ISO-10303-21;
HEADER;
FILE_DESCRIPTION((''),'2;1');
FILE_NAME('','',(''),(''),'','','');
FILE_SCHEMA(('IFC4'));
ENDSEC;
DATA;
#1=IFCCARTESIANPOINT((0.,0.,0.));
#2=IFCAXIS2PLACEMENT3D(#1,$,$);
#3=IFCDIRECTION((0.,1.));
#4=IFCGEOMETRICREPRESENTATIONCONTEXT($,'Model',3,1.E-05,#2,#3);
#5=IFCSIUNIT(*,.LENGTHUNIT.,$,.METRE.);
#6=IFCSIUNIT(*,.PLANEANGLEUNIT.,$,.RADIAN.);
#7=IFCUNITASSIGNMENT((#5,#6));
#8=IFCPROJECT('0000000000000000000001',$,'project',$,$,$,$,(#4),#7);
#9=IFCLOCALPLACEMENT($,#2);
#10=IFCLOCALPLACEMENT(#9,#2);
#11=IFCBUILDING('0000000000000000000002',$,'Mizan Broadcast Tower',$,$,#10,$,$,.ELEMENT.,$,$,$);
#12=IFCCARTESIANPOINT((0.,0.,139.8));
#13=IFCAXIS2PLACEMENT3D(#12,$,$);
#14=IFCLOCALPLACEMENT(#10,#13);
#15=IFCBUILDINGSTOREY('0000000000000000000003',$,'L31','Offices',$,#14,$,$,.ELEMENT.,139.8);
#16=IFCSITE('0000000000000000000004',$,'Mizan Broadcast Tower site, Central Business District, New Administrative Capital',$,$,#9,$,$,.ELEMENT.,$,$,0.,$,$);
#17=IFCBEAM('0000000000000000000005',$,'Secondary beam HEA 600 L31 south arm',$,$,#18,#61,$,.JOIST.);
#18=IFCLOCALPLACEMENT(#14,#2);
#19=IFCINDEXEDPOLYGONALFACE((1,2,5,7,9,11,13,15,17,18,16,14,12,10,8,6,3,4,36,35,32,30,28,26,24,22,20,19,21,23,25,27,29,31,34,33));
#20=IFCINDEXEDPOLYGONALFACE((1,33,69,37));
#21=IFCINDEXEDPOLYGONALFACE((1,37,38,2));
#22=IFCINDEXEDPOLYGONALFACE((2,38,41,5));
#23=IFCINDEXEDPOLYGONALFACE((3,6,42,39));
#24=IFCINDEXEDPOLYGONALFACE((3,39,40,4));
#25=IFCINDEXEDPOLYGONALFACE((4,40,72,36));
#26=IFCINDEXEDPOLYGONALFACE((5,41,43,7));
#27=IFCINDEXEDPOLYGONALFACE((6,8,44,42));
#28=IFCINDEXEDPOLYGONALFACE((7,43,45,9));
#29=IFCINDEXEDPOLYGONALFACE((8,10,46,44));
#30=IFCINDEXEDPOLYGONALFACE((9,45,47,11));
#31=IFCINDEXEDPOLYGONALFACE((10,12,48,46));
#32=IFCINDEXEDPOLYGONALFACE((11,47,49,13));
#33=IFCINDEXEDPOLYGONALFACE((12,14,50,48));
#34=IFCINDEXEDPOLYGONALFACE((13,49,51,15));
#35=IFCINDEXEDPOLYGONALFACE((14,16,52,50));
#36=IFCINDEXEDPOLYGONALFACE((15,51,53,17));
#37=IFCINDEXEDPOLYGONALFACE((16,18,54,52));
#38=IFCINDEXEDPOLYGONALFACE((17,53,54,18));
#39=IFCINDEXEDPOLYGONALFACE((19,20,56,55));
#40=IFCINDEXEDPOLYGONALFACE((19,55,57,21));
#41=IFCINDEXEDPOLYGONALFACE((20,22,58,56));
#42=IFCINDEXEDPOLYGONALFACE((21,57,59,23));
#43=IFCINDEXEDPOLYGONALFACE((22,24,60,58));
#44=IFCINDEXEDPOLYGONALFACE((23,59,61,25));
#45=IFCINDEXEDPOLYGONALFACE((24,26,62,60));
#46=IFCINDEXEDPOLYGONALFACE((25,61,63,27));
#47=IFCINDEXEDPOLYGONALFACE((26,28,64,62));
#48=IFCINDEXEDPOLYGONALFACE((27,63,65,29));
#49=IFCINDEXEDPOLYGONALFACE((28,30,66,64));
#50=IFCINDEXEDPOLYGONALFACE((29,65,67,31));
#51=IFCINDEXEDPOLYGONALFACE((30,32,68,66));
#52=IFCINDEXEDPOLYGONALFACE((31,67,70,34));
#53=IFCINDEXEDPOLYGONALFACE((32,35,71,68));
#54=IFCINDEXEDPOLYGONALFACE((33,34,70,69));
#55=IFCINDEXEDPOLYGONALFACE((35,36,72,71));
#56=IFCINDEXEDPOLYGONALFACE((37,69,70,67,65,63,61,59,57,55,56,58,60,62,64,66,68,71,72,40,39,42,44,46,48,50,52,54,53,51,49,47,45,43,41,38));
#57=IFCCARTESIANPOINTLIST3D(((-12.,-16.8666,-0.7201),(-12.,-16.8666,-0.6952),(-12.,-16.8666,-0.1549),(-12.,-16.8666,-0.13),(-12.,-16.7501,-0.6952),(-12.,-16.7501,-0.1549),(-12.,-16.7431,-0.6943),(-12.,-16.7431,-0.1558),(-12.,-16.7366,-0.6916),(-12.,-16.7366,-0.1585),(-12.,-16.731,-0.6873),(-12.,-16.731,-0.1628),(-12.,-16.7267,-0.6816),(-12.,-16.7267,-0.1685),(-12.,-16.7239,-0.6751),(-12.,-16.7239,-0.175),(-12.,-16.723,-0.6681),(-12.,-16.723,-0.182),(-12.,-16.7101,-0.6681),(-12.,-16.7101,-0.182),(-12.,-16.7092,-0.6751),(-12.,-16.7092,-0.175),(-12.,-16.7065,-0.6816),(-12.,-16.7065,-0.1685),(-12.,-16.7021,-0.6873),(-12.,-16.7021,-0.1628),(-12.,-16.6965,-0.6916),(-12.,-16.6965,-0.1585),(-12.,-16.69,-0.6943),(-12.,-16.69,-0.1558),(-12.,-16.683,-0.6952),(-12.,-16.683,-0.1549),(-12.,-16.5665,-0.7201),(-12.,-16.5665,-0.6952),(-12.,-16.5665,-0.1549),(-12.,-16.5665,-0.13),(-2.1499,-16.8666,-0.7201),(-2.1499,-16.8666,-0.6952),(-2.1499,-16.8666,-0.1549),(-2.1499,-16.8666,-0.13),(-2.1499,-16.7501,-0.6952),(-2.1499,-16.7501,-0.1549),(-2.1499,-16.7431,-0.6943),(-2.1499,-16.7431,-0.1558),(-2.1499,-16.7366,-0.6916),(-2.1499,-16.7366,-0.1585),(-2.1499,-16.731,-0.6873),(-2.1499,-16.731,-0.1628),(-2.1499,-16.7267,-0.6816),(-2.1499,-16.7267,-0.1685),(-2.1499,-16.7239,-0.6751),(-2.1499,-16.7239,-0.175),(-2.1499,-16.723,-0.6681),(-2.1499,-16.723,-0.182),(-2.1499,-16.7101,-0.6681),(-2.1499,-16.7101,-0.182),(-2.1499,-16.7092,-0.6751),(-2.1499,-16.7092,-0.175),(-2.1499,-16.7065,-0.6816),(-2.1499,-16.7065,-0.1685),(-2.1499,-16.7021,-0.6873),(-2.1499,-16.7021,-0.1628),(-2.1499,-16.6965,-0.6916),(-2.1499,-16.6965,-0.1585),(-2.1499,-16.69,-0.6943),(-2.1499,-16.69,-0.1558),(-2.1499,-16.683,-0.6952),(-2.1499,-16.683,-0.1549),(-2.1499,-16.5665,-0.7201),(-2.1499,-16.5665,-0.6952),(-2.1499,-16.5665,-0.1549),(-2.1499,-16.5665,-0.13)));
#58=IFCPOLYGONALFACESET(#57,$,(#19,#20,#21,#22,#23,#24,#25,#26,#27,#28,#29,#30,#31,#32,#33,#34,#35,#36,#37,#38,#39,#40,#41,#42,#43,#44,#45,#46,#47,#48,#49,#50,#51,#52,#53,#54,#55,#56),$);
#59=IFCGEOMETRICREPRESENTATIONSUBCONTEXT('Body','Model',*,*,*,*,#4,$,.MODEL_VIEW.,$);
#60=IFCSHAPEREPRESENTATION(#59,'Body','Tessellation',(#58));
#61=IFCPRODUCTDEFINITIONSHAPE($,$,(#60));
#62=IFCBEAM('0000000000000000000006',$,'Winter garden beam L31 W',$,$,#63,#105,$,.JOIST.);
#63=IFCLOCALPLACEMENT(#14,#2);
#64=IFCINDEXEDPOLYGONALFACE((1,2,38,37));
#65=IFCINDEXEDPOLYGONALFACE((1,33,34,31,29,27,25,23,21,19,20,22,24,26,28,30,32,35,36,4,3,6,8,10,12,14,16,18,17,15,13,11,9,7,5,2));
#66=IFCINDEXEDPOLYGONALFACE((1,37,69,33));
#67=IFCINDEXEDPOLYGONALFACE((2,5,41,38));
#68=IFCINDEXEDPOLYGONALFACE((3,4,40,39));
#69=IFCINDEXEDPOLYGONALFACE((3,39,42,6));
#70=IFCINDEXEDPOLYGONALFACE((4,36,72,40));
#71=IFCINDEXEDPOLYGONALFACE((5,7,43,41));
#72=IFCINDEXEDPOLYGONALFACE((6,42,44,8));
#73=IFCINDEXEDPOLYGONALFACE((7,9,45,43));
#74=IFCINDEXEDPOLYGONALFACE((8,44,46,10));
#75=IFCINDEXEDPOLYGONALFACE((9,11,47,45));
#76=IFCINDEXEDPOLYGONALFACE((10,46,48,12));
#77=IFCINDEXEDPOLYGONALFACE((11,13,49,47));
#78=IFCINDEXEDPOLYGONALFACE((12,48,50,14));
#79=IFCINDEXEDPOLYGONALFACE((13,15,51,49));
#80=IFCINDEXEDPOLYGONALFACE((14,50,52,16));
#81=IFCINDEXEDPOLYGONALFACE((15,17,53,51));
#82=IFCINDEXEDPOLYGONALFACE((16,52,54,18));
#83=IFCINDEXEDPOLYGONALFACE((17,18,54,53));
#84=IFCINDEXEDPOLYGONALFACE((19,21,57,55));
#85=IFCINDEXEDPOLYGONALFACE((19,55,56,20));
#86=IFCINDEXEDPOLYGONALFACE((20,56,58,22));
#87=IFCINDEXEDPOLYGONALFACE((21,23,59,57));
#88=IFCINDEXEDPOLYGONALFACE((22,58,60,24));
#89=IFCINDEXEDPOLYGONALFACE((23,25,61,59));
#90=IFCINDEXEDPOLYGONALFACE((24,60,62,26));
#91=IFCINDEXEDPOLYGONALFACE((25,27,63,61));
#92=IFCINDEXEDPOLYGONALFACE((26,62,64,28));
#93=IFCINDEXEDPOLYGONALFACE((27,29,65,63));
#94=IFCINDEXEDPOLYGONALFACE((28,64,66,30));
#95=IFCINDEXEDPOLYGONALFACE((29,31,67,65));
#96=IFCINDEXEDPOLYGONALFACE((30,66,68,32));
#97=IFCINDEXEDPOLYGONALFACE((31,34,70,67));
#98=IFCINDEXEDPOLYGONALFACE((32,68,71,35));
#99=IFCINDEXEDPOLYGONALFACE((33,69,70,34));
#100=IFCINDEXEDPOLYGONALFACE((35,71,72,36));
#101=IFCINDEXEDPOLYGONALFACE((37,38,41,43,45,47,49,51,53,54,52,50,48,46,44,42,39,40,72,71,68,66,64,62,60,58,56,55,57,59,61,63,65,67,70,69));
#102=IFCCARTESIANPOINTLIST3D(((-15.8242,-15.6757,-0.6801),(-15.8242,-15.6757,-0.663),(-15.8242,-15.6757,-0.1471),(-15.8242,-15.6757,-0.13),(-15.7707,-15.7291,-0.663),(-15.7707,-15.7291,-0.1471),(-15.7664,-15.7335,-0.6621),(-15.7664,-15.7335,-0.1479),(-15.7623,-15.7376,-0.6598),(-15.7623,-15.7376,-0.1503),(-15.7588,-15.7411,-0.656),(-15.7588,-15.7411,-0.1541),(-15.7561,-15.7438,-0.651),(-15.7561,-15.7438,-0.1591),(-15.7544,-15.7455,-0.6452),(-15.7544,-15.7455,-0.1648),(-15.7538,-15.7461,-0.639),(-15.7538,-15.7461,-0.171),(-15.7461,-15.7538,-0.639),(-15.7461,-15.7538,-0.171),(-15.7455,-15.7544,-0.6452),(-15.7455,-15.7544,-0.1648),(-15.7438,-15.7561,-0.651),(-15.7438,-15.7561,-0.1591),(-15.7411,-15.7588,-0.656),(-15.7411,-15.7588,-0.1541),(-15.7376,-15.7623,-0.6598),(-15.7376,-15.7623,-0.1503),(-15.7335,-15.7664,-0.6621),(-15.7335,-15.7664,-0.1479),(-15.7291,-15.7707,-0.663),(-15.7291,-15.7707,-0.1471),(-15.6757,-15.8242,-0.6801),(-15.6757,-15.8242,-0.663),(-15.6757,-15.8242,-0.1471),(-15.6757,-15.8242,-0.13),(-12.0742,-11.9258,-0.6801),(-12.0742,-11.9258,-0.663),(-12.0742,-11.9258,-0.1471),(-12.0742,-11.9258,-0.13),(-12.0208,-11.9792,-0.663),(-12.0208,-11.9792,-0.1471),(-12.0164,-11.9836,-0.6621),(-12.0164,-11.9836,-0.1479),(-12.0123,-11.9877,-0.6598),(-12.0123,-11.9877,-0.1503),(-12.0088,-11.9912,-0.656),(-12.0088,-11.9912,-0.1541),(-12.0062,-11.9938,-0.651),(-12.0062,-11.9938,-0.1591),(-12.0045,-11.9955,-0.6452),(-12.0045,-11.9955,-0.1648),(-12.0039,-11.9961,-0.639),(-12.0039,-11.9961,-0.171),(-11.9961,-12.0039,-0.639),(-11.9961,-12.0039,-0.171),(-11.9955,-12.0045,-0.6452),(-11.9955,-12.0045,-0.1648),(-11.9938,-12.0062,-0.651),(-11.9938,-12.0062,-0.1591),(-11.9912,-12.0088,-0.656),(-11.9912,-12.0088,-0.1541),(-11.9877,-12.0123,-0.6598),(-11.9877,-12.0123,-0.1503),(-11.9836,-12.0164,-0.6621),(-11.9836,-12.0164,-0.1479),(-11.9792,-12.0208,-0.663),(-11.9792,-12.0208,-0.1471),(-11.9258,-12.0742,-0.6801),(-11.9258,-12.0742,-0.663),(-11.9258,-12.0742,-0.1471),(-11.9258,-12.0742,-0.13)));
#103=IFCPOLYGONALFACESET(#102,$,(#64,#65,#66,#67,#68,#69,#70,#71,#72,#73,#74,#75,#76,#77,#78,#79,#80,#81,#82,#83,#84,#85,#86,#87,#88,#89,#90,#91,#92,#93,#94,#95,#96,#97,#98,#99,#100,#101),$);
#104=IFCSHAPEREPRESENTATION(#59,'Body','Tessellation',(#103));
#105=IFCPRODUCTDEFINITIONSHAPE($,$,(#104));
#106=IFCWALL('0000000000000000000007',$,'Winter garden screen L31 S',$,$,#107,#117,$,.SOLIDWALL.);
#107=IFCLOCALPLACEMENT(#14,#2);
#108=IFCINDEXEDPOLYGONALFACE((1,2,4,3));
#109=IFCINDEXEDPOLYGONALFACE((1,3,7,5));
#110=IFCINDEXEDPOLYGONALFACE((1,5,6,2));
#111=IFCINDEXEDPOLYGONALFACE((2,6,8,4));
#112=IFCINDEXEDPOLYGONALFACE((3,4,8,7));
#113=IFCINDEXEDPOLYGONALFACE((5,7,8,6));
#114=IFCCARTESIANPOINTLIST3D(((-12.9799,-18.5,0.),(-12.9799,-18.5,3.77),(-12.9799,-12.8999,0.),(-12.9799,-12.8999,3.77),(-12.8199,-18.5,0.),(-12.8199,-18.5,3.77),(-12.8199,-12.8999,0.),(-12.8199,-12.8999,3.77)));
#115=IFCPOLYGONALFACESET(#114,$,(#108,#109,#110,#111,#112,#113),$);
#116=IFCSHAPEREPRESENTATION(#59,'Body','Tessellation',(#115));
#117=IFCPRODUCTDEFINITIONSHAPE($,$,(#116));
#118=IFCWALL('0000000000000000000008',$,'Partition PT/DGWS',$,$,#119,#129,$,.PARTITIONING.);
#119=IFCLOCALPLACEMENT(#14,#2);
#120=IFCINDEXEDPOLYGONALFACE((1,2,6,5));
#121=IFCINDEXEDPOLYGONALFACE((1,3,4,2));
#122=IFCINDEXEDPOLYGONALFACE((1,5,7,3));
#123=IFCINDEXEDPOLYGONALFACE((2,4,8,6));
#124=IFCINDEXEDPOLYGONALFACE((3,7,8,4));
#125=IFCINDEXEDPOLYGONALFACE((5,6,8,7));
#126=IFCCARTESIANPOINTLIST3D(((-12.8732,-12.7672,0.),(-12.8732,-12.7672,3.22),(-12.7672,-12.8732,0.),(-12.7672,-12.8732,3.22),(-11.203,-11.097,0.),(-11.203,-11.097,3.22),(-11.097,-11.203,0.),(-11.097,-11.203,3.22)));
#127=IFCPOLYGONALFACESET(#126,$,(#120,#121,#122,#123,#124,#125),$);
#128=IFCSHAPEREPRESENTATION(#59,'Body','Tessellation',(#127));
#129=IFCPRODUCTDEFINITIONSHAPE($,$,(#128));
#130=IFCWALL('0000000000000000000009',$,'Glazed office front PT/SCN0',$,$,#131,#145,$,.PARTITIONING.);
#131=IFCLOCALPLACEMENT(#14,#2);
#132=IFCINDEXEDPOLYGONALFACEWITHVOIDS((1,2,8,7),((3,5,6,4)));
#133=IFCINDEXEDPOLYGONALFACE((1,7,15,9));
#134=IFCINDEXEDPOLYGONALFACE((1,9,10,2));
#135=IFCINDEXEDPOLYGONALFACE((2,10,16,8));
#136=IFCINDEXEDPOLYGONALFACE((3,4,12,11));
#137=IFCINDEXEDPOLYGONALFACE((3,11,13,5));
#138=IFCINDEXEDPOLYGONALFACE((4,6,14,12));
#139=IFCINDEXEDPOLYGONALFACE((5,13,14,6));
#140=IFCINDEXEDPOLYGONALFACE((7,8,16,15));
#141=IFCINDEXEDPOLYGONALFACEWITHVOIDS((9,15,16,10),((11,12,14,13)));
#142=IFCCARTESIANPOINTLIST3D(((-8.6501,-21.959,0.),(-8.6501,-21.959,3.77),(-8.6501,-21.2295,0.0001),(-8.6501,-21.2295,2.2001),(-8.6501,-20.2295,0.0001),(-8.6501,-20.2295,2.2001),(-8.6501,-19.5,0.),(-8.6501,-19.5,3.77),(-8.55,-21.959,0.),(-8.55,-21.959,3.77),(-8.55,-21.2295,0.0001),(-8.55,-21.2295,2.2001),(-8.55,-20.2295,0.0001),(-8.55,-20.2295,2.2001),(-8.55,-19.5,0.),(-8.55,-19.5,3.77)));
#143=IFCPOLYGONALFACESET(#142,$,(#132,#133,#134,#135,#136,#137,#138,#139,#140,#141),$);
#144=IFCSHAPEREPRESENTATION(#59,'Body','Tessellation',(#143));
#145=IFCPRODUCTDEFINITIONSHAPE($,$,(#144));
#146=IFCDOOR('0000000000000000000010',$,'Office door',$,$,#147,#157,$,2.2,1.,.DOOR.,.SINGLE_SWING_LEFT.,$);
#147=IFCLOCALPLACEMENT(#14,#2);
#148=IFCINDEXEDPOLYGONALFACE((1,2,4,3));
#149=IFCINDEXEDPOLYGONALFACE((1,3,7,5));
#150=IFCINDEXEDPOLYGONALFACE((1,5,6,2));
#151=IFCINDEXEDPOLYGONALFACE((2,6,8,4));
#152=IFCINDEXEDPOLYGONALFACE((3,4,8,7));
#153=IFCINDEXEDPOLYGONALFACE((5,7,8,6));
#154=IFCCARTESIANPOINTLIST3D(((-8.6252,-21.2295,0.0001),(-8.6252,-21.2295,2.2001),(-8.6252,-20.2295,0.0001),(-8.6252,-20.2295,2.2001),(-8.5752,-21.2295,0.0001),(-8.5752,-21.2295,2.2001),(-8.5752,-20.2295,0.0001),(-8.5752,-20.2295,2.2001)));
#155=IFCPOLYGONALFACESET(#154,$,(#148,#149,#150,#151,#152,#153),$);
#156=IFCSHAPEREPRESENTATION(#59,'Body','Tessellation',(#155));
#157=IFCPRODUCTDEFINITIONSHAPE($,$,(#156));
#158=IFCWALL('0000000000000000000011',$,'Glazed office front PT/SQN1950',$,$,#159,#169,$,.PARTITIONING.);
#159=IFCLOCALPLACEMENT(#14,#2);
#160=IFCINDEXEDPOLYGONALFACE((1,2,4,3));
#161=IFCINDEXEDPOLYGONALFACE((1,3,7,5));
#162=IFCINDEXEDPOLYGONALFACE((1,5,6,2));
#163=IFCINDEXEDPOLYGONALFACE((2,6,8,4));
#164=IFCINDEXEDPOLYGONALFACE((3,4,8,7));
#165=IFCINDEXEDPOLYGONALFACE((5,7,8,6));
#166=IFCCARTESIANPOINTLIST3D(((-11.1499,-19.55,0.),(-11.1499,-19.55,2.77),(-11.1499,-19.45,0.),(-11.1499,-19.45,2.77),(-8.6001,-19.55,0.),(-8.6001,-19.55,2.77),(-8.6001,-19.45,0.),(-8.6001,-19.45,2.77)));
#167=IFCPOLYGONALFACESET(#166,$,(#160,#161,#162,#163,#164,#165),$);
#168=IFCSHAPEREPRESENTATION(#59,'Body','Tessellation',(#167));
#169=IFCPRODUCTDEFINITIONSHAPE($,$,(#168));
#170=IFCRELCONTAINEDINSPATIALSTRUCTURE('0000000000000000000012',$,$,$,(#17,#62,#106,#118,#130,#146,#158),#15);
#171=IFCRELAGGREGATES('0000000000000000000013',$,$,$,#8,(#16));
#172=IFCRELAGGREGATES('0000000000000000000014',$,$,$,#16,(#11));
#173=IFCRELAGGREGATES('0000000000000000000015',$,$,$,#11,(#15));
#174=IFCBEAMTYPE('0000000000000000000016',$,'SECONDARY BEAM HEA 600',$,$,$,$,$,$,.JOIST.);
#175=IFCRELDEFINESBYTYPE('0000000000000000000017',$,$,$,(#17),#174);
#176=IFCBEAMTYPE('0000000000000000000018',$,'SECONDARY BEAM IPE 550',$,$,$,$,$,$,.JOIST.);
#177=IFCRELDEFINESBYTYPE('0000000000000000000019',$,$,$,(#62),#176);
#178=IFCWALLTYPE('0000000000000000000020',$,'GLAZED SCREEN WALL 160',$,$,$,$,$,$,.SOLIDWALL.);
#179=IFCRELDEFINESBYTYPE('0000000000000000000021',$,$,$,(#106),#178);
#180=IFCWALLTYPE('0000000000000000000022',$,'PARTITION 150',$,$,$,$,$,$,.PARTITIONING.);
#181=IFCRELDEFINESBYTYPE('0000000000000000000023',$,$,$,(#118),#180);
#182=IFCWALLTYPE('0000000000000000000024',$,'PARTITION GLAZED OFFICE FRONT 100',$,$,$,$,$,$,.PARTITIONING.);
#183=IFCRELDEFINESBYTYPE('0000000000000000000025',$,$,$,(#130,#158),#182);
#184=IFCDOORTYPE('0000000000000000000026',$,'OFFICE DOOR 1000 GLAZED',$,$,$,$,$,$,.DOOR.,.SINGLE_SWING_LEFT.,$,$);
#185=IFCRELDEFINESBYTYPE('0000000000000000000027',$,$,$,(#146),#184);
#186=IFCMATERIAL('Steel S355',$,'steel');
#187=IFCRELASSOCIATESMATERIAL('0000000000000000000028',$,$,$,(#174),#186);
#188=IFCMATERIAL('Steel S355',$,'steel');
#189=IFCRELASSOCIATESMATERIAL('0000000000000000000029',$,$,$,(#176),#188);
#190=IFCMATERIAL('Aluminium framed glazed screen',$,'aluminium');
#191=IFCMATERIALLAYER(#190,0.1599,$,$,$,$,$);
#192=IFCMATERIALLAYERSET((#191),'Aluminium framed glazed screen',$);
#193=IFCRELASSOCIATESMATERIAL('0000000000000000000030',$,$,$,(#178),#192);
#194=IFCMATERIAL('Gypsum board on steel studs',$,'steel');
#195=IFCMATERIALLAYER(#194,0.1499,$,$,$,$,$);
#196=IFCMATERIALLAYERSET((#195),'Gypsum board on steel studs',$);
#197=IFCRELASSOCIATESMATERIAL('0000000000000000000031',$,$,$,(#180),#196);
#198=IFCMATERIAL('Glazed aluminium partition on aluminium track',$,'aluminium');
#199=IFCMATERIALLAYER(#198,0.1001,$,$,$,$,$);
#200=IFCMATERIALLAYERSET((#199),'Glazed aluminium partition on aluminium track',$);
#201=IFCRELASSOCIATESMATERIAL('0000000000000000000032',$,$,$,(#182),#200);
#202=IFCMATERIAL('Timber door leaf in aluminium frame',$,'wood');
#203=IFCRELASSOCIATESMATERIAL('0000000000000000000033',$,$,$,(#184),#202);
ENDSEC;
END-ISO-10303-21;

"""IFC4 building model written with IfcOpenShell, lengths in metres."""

from ifc_helpers import new_model, si_unit, direction, frame, frame_2d, origin, origin_2d, place, context, subcontext, project, spatial, rectangle, i_section, extrude, material, layer, layer_set, material_profile, profile_set, type_object, element, fill, save


model = new_model("IFC4")

# Units and contexts
model_context = context("Model", 3, precision=1e-05, world=origin(), true_north=direction((0.0, 1.0)))
body_context = subcontext(model_context, "Body", "Model", "MODEL_VIEW")
ifc_project = project(units=[si_unit("LENGTHUNIT", "METRE"), si_unit("PLANEANGLEUNIT", "RADIAN")], contexts=[model_context])

# Site, building, storey
site_placement = place(None, origin())
site = spatial("IfcSite", under=ifc_project, at=site_placement, Name="Mizan Broadcast Tower site, Central Business District, New Administrative Capital", CompositionType="ELEMENT", RefElevation=0.0)
building_placement = place(site_placement, origin())
building = spatial("IfcBuilding", under=site, at=building_placement, Name="Mizan Broadcast Tower", CompositionType="ELEMENT")
storey_placement = place(building_placement, frame((0.0, 0.0, 139.8)))
storey = spatial("IfcBuildingStorey", under=building, at=storey_placement, Name="L31", Description="Offices", CompositionType="ELEMENT", Elevation=139.8)

# Beams
ifc_material_1 = material(Name="Steel S355", Category="steel")
ifc_material_profile_1 = material_profile(ifc_material_1, i_section(OverallWidth=0.3, OverallDepth=0.5901, WebThickness=0.0129, FlangeThickness=0.0249, FilletRadius=0.0271, at=origin_2d()), Name="HEA 600")
ifc_profile_set_1 = profile_set([ifc_material_profile_1], Name="Steel S355")
beam_type_1 = type_object("IfcBeamType", Name="SECONDARY BEAM HEA 600", PredefinedType="JOIST", material=ifc_profile_set_1)
for number, where, z_axis, x_axis, name in (
    (1, (-12.0, -16.7166, -0.425), (1.0, 0.0, 0.0), (0.0, 1.0, 0.0), "Secondary beam HEA 600 L31 south arm"),
):
    element("IfcBeam", number, at=place(storey_placement, frame(where, z_axis=z_axis, x_axis=x_axis)), inside=storey, type_object=beam_type_1, Name=name, PredefinedType="JOIST", context=body_context, shape_type="SweptSolid", body=[
        extrude(i_section(OverallWidth=0.3, OverallDepth=0.5901, WebThickness=0.0129, FlangeThickness=0.0249, FilletRadius=0.0271, at=origin_2d()), origin(), (0.0, 0.0, 1.0), 9.8501),
    ])
ifc_material_2 = material(Name="Steel S355", Category="steel")
ifc_material_profile_2 = material_profile(ifc_material_2, i_section(OverallWidth=0.21, OverallDepth=0.55, WebThickness=0.011, FlangeThickness=0.0171, FilletRadius=0.0239, at=origin_2d()), Name="IPE 550")
ifc_profile_set_2 = profile_set([ifc_material_profile_2], Name="Steel S355")
beam_type_2 = type_object("IfcBeamType", Name="SECONDARY BEAM IPE 550", PredefinedType="JOIST", material=ifc_profile_set_2)
beam_1_placement = place(storey_placement, frame((-12.0, -12.0, -0.405), z_axis=(-0.707107, -0.707107, 0.0), x_axis=(0.707107, -0.707107, 0.0)))
element("IfcBeam", 2, at=beam_1_placement, inside=storey, type_object=beam_type_2, Name="Winter garden beam L31 W", PredefinedType="JOIST", context=body_context, shape_type="SweptSolid", body=[
    extrude(i_section(OverallWidth=0.21, OverallDepth=0.55, WebThickness=0.011, FlangeThickness=0.0171, FilletRadius=0.0239, at=origin_2d()), origin(), (0.0, 0.0, 1.0), 5.3032),
])

# Walls
ifc_material_3 = material(Name="Aluminium framed glazed screen", Category="aluminium")
ifc_layer_1 = layer(ifc_material_3, 0.1599)
ifc_layer_set_1 = layer_set([ifc_layer_1], Name="Aluminium framed glazed screen")
wall_type_1 = type_object("IfcWallType", Name="GLAZED SCREEN WALL 160", PredefinedType="SOLIDWALL", material=ifc_layer_set_1)
wall_1_placement = place(storey_placement, frame((-12.8999, -12.8999, 0.0), z_axis=(0.0, 0.0, 1.0), x_axis=(0.0, -1.0, 0.0)))
element("IfcWall", 3, at=wall_1_placement, inside=storey, type_object=wall_type_1, Name="Winter garden screen L31 S", PredefinedType="SOLIDWALL", context=body_context, shape_type="SweptSolid", body=[
    extrude(rectangle(XDim=5.6001, YDim=0.1599, at=frame_2d((2.8, 0.0))), origin(), (0.0, 0.0, 1.0), 3.77),
])
ifc_material_4 = material(Name="Gypsum board on steel studs", Category="steel")
ifc_layer_2 = layer(ifc_material_4, 0.1499)
ifc_layer_set_2 = layer_set([ifc_layer_2], Name="Gypsum board on steel studs")
wall_type_2 = type_object("IfcWallType", Name="PARTITION 150", PredefinedType="PARTITIONING", material=ifc_layer_set_2)
wall_2_placement = place(storey_placement, frame((-11.1499, -11.1499, 0.0), z_axis=(0.0, 0.0, 1.0), x_axis=(-0.707107, -0.707107, 0.0)))
element("IfcWall", 4, at=wall_2_placement, inside=storey, type_object=wall_type_2, Name="Partition PT/DGWS", PredefinedType="PARTITIONING", context=body_context, shape_type="SweptSolid", body=[
    extrude(rectangle(XDim=2.3621, YDim=0.1499, at=frame_2d((1.1812, 0.0))), origin(), (0.0, 0.0, 1.0), 3.22),
])

# Wall, opening, door
ifc_material_5 = material(Name="Glazed aluminium partition on aluminium track", Category="aluminium")
ifc_layer_3 = layer(ifc_material_5, 0.1001)
ifc_layer_set_3 = layer_set([ifc_layer_3], Name="Glazed aluminium partition on aluminium track")
wall_type_3 = type_object("IfcWallType", Name="PARTITION GLAZED OFFICE FRONT 100", PredefinedType="PARTITIONING", material=ifc_layer_set_3)
wall_3_placement = place(storey_placement, frame((-8.6001, -19.5, 0.0), z_axis=(0.0, 0.0, 1.0), x_axis=(0.0, -1.0, 0.0)))
wall_3 = element("IfcWall", 5, at=wall_3_placement, inside=storey, type_object=wall_type_3, Name="Glazed office front PT/SCN0", PredefinedType="PARTITIONING", context=body_context, shape_type="SweptSolid", body=[
    extrude(rectangle(XDim=2.459, YDim=0.1001, at=frame_2d((1.2295, 0.0))), origin(), (0.0, 0.0, 1.0), 3.77),
])
opening_placement = place(wall_3_placement, frame((0.7295, 0.0, 0.0)))
opening = element("IfcOpeningElement", 6, at=opening_placement, cuts=wall_3, PredefinedType="OPENING", context=body_context, shape_type="SweptSolid", body=[
    extrude(rectangle(XDim=1.0, YDim=2.2, at=frame_2d((0.5, 1.1001))), frame((0.0, 0.0601, 0.0), z_axis=(0.0, -1.0, 0.0), x_axis=(1.0, 0.0, 0.0)), (0.0, 0.0, 1.0), 0.1201),
])
ifc_material_6 = material(Name="Timber door leaf in aluminium frame", Category="wood")
door_type = type_object("IfcDoorType", Name="OFFICE DOOR 1000 GLAZED", OperationType="SINGLE_SWING_LEFT", PredefinedType="DOOR", material=ifc_material_6)
door_placement = place(opening_placement, origin())
door = element("IfcDoor", 7, at=door_placement, inside=storey, type_object=door_type, Name="Office door", OperationType="SINGLE_SWING_LEFT", OverallHeight=2.2, OverallWidth=1.0, PredefinedType="DOOR", context=body_context, shape_type="SweptSolid", body=[
    extrude(rectangle(XDim=1.0, YDim=2.2, at=frame_2d((0.5, 1.1001))), frame((0.0, 0.0249, 0.0), z_axis=(0.0, -1.0, 0.0), x_axis=(1.0, 0.0, 0.0)), (0.0, 0.0, 1.0), 0.05),
])
fill(opening, door)

# Wall
wall_4_placement = place(storey_placement, frame((-8.6001, -19.5, 0.0), z_axis=(0.0, 0.0, 1.0), x_axis=(-1.0, 0.0, 0.0)))
element("IfcWall", 8, at=wall_4_placement, inside=storey, type_object=wall_type_3, Name="Glazed office front PT/SQN1950", PredefinedType="PARTITIONING", context=body_context, shape_type="SweptSolid", body=[
    extrude(rectangle(XDim=2.5498, YDim=0.1001, at=frame_2d((1.2749, 0.0))), origin(), (0.0, 0.0, 1.0), 2.77),
])

save(model, "model.ifc")
